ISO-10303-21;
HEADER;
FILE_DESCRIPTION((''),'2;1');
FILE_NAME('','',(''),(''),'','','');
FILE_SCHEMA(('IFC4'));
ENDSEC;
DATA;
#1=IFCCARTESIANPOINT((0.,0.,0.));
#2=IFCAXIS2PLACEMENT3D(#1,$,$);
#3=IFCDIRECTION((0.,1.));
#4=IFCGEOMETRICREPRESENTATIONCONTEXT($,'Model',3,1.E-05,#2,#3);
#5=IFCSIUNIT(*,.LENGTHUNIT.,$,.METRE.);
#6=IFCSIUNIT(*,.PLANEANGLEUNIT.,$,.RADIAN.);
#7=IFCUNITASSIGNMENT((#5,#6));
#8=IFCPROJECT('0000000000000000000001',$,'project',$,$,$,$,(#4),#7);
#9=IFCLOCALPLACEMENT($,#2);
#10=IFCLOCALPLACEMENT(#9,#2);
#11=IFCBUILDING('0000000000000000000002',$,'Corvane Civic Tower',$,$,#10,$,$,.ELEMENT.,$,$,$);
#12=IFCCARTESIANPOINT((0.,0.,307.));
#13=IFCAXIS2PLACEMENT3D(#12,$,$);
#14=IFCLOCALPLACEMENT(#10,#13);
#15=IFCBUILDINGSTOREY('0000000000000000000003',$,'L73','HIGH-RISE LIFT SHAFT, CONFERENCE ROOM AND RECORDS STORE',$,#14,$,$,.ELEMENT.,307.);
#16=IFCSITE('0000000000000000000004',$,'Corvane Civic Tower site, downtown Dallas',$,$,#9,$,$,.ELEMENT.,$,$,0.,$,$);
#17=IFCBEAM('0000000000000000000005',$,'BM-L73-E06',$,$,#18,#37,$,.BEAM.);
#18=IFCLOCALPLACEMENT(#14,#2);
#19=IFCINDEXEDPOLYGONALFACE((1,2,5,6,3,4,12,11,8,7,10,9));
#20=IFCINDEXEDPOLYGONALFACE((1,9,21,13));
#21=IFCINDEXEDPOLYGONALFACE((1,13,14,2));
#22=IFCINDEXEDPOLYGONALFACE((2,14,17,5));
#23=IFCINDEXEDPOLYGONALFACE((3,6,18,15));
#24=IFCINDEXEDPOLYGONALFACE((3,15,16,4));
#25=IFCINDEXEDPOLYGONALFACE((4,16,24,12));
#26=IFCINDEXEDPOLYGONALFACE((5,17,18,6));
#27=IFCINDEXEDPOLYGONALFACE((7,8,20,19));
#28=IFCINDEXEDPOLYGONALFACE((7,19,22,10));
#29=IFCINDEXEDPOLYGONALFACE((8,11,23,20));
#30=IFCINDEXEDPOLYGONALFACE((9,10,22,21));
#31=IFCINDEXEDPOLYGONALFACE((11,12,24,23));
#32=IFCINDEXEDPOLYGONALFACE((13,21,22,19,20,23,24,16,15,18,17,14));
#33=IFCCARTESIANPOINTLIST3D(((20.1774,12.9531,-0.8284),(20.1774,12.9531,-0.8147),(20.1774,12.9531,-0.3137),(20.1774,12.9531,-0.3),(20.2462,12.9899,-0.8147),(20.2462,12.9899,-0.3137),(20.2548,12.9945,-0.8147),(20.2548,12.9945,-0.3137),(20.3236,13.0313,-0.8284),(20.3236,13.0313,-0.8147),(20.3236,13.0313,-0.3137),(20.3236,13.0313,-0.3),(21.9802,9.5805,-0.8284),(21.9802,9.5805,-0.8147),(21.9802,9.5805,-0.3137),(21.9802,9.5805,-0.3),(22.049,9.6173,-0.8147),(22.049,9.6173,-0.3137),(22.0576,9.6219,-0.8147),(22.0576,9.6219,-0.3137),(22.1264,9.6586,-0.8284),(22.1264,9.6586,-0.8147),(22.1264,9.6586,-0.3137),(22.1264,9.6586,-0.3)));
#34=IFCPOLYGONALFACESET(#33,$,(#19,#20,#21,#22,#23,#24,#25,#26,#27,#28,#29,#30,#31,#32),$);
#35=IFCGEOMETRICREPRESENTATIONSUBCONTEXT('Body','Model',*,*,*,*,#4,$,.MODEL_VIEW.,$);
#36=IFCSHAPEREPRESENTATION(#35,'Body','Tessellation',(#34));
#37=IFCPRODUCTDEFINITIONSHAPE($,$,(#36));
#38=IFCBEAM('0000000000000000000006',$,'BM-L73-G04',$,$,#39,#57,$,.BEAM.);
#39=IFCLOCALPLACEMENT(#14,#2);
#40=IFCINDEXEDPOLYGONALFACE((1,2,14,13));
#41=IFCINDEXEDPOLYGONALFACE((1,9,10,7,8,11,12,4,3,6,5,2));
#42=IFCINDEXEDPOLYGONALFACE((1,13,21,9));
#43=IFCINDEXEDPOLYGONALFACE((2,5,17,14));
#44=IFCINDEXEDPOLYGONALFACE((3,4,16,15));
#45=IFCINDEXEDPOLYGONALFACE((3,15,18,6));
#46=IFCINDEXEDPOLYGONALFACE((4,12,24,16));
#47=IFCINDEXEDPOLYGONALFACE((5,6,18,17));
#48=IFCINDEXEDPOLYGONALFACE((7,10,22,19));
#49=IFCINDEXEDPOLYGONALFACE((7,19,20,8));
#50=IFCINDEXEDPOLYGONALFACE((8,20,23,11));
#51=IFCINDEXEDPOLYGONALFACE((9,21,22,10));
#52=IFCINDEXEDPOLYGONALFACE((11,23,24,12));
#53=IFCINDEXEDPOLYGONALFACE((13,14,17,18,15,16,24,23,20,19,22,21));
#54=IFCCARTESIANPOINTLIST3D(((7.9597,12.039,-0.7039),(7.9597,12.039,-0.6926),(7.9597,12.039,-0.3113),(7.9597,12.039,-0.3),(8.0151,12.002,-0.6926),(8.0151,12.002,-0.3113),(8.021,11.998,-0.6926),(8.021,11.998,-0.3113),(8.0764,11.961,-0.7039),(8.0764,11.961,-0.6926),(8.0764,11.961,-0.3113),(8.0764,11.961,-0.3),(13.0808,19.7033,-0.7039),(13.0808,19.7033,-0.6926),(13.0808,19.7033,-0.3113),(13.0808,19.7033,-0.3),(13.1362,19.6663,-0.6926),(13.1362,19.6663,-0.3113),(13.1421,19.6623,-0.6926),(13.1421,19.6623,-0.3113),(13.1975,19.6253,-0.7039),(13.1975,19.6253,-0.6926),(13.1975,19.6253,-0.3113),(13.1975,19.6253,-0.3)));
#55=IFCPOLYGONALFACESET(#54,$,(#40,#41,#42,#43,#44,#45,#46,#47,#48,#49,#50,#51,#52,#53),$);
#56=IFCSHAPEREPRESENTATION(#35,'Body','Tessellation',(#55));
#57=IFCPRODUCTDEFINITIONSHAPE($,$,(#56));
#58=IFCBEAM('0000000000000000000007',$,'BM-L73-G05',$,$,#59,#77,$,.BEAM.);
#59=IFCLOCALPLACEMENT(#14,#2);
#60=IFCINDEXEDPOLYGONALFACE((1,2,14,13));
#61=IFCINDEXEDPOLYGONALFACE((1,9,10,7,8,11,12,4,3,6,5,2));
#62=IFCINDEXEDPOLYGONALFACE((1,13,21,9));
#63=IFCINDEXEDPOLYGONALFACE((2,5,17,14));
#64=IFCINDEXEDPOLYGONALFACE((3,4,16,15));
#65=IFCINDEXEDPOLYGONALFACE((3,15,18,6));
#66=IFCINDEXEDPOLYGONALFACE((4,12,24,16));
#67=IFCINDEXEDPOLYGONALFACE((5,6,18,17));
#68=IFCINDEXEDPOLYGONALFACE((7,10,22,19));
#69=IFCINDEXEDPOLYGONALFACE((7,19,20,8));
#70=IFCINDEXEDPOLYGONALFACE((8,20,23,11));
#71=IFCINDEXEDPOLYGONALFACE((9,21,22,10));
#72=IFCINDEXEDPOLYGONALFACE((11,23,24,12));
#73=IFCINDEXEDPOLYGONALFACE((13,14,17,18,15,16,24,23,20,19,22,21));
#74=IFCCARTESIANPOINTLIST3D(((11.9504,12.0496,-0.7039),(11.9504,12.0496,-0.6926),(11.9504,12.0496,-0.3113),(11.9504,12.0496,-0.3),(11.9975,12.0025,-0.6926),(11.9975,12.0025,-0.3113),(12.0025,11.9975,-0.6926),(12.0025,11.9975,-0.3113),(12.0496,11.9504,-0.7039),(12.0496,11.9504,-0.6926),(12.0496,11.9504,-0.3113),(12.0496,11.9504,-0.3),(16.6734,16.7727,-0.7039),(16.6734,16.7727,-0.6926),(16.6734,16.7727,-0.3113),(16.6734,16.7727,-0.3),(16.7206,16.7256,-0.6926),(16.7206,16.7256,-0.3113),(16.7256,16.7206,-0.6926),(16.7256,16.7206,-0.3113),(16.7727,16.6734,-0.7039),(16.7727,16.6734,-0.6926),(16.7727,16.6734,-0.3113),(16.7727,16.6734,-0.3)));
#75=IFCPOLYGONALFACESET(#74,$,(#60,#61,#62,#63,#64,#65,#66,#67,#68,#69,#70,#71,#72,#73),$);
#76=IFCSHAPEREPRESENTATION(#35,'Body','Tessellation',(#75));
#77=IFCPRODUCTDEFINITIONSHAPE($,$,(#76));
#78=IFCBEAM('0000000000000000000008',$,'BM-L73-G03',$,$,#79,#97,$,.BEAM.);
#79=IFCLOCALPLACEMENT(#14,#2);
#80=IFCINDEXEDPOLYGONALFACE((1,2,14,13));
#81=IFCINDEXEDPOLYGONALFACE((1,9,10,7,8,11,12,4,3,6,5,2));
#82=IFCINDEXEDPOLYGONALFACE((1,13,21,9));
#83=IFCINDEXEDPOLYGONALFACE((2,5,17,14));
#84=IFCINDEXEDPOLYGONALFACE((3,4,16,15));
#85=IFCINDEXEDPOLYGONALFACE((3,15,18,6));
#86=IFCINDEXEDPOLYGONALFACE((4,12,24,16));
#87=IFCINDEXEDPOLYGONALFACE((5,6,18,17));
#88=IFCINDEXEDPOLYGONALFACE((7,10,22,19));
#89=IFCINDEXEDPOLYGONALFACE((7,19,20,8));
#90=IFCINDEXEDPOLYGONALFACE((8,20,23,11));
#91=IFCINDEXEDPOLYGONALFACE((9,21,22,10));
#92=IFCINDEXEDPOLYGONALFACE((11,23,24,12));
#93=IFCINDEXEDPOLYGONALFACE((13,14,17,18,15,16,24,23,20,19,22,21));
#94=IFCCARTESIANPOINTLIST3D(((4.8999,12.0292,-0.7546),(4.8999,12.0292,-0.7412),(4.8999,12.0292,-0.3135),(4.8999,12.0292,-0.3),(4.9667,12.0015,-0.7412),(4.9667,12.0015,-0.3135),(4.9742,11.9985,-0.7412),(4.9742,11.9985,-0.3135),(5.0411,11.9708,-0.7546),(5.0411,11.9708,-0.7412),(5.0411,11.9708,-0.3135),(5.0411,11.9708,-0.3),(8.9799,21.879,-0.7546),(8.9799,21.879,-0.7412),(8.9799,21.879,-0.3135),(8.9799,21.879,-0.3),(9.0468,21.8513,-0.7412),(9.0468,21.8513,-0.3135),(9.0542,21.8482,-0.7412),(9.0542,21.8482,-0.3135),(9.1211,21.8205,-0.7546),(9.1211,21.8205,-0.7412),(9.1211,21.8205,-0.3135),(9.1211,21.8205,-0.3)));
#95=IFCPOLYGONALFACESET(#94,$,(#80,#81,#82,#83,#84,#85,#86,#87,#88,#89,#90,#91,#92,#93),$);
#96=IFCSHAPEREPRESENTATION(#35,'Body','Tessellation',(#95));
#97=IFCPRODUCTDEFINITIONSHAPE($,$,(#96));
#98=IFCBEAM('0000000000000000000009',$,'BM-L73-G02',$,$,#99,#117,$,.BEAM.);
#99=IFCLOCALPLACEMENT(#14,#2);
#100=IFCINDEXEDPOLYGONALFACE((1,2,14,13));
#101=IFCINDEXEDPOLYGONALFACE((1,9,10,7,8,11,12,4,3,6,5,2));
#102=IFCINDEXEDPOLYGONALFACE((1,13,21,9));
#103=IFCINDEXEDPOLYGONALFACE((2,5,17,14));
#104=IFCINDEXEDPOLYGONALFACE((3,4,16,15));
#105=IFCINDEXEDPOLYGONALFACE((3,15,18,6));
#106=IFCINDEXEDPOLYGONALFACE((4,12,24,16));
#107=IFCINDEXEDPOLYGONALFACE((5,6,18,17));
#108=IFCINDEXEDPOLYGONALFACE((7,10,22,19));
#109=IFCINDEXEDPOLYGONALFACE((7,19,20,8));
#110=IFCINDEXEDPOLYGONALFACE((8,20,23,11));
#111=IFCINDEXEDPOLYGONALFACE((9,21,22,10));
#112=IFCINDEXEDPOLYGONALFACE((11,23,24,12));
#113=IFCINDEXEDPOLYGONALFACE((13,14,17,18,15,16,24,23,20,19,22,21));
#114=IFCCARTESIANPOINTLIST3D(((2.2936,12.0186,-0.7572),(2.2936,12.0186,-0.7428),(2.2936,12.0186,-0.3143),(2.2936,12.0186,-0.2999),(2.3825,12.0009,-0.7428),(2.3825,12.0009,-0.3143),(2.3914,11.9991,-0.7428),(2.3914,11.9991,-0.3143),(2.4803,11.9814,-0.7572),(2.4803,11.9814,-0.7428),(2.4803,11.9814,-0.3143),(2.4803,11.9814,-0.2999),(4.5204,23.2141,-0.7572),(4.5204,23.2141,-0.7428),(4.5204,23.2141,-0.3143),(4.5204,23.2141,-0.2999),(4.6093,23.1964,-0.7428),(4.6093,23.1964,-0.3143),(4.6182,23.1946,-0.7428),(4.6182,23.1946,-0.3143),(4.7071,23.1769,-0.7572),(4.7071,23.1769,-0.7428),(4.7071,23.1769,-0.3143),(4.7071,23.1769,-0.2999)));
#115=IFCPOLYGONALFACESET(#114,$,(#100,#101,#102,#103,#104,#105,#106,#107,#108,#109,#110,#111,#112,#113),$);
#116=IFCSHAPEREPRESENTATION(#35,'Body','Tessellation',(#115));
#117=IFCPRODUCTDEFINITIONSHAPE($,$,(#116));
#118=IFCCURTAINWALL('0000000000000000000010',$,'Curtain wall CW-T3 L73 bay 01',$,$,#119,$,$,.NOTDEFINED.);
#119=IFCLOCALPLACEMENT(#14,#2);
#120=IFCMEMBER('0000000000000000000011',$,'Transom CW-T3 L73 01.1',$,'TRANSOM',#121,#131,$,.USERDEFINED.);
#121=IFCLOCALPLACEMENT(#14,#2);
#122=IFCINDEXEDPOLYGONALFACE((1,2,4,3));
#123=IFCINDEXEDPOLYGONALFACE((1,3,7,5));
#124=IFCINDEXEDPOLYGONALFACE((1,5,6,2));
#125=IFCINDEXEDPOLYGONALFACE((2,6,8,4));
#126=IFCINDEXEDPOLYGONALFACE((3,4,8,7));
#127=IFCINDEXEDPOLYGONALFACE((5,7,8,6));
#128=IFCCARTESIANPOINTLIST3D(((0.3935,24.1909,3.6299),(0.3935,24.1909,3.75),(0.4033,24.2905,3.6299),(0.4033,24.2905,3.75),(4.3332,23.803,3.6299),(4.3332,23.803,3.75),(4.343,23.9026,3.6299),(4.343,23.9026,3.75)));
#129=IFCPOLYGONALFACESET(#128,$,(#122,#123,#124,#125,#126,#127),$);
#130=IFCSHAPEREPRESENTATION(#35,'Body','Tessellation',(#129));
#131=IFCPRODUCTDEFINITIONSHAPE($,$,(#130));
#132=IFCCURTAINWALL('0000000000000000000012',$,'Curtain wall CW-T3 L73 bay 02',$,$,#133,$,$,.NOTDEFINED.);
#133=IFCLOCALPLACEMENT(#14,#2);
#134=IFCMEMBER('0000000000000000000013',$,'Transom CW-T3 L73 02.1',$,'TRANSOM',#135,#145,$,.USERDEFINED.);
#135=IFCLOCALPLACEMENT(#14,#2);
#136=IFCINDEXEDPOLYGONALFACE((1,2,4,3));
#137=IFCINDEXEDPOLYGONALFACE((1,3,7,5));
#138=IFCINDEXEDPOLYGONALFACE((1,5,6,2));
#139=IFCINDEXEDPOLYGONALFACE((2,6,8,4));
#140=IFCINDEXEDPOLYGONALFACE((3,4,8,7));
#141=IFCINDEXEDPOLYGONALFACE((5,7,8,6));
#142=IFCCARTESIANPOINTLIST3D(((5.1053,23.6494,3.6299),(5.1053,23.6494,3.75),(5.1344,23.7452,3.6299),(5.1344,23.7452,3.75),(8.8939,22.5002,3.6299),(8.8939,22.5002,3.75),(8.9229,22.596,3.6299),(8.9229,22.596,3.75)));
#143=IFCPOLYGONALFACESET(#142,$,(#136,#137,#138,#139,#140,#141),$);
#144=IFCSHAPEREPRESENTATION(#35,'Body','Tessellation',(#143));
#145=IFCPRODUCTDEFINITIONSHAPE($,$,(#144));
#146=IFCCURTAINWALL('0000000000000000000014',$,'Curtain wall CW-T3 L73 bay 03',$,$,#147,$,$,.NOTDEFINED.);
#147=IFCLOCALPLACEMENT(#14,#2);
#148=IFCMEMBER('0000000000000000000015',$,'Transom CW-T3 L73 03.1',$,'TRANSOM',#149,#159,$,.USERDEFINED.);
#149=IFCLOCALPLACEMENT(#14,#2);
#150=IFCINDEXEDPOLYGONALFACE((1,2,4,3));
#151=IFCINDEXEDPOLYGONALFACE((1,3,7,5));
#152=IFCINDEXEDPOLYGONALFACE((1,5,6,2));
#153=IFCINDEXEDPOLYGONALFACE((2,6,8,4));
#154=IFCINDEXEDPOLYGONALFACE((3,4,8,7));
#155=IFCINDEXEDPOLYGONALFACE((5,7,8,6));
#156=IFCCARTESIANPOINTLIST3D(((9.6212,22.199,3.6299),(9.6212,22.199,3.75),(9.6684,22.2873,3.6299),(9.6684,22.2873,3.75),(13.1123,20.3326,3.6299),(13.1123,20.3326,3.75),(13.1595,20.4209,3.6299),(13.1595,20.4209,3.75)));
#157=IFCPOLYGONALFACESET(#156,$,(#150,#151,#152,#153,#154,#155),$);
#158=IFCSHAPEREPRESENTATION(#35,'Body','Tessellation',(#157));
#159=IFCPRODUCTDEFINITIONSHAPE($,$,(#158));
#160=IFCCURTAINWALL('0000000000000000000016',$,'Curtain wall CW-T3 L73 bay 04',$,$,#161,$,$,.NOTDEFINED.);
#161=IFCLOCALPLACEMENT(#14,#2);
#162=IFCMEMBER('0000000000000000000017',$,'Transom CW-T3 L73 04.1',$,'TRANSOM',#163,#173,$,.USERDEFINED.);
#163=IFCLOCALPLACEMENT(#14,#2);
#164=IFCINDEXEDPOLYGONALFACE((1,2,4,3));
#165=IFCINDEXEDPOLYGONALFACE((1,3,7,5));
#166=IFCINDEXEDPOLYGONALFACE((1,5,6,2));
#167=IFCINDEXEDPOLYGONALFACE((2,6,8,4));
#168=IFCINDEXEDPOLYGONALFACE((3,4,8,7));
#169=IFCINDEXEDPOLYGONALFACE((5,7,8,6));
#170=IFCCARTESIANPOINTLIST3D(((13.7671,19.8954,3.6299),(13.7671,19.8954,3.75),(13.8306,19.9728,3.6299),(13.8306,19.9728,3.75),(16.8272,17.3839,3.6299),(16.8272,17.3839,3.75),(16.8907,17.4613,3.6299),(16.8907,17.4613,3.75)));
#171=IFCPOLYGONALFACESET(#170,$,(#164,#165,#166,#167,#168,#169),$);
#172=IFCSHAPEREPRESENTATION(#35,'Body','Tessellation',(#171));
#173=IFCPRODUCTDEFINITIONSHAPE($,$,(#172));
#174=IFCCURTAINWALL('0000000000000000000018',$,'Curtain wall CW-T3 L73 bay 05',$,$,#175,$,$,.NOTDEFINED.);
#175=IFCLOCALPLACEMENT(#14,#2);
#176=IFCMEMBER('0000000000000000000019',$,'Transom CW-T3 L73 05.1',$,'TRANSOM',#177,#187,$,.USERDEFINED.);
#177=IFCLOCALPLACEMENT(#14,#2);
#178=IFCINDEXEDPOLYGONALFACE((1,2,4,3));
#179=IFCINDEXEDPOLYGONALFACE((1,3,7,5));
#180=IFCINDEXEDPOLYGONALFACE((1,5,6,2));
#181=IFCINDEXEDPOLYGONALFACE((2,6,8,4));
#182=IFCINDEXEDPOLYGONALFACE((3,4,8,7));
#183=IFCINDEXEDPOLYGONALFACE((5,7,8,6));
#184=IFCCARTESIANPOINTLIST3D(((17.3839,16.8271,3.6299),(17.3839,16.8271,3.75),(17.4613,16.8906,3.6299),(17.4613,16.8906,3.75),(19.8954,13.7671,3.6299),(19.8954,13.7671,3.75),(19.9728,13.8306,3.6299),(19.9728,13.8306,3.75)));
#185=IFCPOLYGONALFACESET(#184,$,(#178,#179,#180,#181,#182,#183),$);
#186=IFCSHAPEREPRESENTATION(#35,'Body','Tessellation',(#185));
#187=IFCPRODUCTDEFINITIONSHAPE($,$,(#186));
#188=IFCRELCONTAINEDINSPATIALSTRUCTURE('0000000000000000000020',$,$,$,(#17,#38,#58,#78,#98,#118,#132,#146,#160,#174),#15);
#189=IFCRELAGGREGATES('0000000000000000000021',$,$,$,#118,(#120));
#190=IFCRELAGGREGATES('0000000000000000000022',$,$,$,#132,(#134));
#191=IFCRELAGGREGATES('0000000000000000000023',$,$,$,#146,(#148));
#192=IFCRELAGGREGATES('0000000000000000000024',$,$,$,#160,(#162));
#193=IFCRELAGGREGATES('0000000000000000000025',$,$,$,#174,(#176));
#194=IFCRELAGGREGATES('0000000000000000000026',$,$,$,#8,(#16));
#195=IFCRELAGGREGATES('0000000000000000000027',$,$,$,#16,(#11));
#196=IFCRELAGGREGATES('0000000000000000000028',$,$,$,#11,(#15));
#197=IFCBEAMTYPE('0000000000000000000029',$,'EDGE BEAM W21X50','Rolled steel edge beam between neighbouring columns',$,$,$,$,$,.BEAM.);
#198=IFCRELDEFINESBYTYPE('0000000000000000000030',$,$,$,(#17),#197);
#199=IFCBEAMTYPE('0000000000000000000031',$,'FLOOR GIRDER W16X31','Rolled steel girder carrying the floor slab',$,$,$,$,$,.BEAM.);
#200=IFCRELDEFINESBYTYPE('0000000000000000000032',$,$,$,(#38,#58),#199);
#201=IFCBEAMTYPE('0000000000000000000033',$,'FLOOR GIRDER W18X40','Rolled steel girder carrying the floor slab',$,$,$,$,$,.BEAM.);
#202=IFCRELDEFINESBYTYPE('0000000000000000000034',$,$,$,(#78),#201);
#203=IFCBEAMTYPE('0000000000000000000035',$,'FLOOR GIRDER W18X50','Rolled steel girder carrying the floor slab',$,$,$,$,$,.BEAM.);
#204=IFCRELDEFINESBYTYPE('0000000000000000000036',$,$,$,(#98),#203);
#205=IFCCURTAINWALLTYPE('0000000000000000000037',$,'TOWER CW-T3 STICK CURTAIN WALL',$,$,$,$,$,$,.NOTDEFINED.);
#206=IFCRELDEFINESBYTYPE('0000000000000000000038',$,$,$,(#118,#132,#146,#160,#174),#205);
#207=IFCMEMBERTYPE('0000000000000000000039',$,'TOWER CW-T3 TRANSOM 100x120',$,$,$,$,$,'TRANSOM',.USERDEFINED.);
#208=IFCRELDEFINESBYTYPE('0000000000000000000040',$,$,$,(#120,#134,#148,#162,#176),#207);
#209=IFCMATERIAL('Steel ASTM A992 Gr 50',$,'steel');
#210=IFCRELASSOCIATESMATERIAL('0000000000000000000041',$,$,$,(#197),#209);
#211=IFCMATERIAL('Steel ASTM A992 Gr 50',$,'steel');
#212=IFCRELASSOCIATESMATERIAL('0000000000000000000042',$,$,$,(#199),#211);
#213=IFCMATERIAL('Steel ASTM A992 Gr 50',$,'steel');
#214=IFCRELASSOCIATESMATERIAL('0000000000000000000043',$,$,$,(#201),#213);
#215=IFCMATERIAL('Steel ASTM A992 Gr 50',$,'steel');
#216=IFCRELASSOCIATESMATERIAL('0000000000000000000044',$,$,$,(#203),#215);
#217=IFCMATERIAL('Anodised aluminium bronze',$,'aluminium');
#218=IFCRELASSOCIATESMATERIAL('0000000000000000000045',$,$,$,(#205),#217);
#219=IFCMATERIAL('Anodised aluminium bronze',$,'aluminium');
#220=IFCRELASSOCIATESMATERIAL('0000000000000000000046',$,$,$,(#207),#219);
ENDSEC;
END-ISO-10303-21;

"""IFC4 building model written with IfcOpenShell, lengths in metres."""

from ifc_helpers import new_model, si_unit, direction, frame, origin, origin_2d, place, context, subcontext, project, spatial, rectangle, i_section, extrude, material, material_profile, profile_set, type_object, element, aggregate, save


model = new_model("IFC4")

# Units and contexts
model_context = context("Model", 3, precision=1e-05, world=origin(), true_north=direction((0.0, 1.0)))
body_context = subcontext(model_context, "Body", "Model", "MODEL_VIEW")
ifc_project = project(units=[si_unit("LENGTHUNIT", "METRE"), si_unit("PLANEANGLEUNIT", "RADIAN")], contexts=[model_context])

# Site, building, storey
site_placement = place(None, origin())
site = spatial("IfcSite", under=ifc_project, at=site_placement, Name="Corvane Civic Tower site, downtown Dallas", CompositionType="ELEMENT", RefElevation=0.0)
building_placement = place(site_placement, origin())
building = spatial("IfcBuilding", under=site, at=building_placement, Name="Corvane Civic Tower", CompositionType="ELEMENT")
storey_placement = place(building_placement, frame((0.0, 0.0, 307.0)))
storey = spatial("IfcBuildingStorey", under=building, at=storey_placement, Name="L73", Description="HIGH-RISE LIFT SHAFT, CONFERENCE ROOM AND RECORDS STORE", CompositionType="ELEMENT", Elevation=307.0)

# Beams
ifc_material_1 = material(Name="Steel ASTM A992 Gr 50", Category="steel")
ifc_material_profile_1 = material_profile(ifc_material_1, i_section(OverallWidth=0.1658, OverallDepth=0.5283, WebThickness=0.0098, FlangeThickness=0.0137, at=origin_2d()), Name="W21X50")
ifc_profile_set_1 = profile_set([ifc_material_profile_1], Name="Steel ASTM A992 Gr 50")
beam_type_1 = type_object("IfcBeamType", Name="EDGE BEAM W21X50", Description="Rolled steel edge beam between neighbouring columns", PredefinedType="BEAM", material=ifc_profile_set_1)
beam_1_placement = place(storey_placement, frame((20.2505, 12.9922, -0.5642), z_axis=(0.47141, -0.881914, 0.0), x_axis=(0.881914, 0.47141, 0.0)))
element("IfcBeam", 1, at=beam_1_placement, inside=storey, type_object=beam_type_1, Name="BM-L73-E06", PredefinedType="BEAM", context=body_context, shape_type="SweptSolid", body=[
    extrude(i_section(OverallWidth=0.1658, OverallDepth=0.5283, WebThickness=0.0098, FlangeThickness=0.0137, at=origin_2d()), origin(), (0.0, 0.0, 1.0), 3.8242),
])
ifc_material_2 = material(Name="Steel ASTM A992 Gr 50", Category="steel")
ifc_material_profile_2 = material_profile(ifc_material_2, i_section(OverallWidth=0.1404, OverallDepth=0.4038, WebThickness=0.0071, FlangeThickness=0.0112, at=origin_2d()), Name="W16X31")
ifc_profile_set_2 = profile_set([ifc_material_profile_2], Name="Steel ASTM A992 Gr 50")
beam_type_2 = type_object("IfcBeamType", Name="FLOOR GIRDER W16X31", Description="Rolled steel girder carrying the floor slab", PredefinedType="BEAM", material=ifc_profile_set_2)
beam_2_placement = place(storey_placement, frame((8.0181, 12.0, -0.502), z_axis=(0.555568, 0.831471, 0.0), x_axis=(-0.831471, 0.555568, 0.0)))
element("IfcBeam", 2, at=beam_2_placement, inside=storey, type_object=beam_type_2, Name="BM-L73-G04", PredefinedType="BEAM", context=body_context, shape_type="SweptSolid", body=[
    extrude(i_section(OverallWidth=0.1404, OverallDepth=0.4038, WebThickness=0.0071, FlangeThickness=0.0112, at=origin_2d()), origin(), (0.0, 0.0, 1.0), 9.2178),
])
beam_3_placement = place(storey_placement, frame((12.0, 12.0, -0.502), z_axis=(0.707107, 0.707107, 0.0), x_axis=(-0.707107, 0.707107, 0.0)))
element("IfcBeam", 3, at=beam_3_placement, inside=storey, type_object=beam_type_2, Name="BM-L73-G05", PredefinedType="BEAM", context=body_context, shape_type="SweptSolid", body=[
    extrude(i_section(OverallWidth=0.1404, OverallDepth=0.4038, WebThickness=0.0071, FlangeThickness=0.0112, at=origin_2d()), origin(), (0.0, 0.0, 1.0), 6.6794),
])
ifc_material_3 = material(Name="Steel ASTM A992 Gr 50", Category="steel")
ifc_material_profile_3 = material_profile(ifc_material_3, i_section(OverallWidth=0.1528, OverallDepth=0.4546, WebThickness=0.0081, FlangeThickness=0.0134, at=origin_2d()), Name="W18X40")
ifc_profile_set_3 = profile_set([ifc_material_profile_3], Name="Steel ASTM A992 Gr 50")
beam_type_3 = type_object("IfcBeamType", Name="FLOOR GIRDER W18X40", Description="Rolled steel girder carrying the floor slab", PredefinedType="BEAM", material=ifc_profile_set_3)
beam_4_placement = place(storey_placement, frame((4.9705, 12.0, -0.5273), z_axis=(0.382694, 0.923875, 0.0), x_axis=(-0.923875, 0.382694, 0.0)))
element("IfcBeam", 4, at=beam_4_placement, inside=storey, type_object=beam_type_3, Name="BM-L73-G03", PredefinedType="BEAM", context=body_context, shape_type="SweptSolid", body=[
    extrude(i_section(OverallWidth=0.1528, OverallDepth=0.4546, WebThickness=0.0081, FlangeThickness=0.0134, at=origin_2d()), origin(), (0.0, 0.0, 1.0), 10.6614),
])
ifc_material_4 = material(Name="Steel ASTM A992 Gr 50", Category="steel")
ifc_material_profile_4 = material_profile(ifc_material_4, i_section(OverallWidth=0.1904, OverallDepth=0.4573, WebThickness=0.009, FlangeThickness=0.0144, at=origin_2d()), Name="W18X50")
ifc_profile_set_4 = profile_set([ifc_material_profile_4], Name="Steel ASTM A992 Gr 50")
beam_type_4 = type_object("IfcBeamType", Name="FLOOR GIRDER W18X50", Description="Rolled steel girder carrying the floor slab", PredefinedType="BEAM", material=ifc_profile_set_4)
beam_5_placement = place(storey_placement, frame((2.387, 12.0, -0.5286), z_axis=(0.19508, 0.980787, 0.0), x_axis=(-0.980787, 0.19508, 0.0)))
element("IfcBeam", 5, at=beam_5_placement, inside=storey, type_object=beam_type_4, Name="BM-L73-G02", PredefinedType="BEAM", context=body_context, shape_type="SweptSolid", body=[
    extrude(i_section(OverallWidth=0.1904, OverallDepth=0.4573, WebThickness=0.009, FlangeThickness=0.0144, at=origin_2d()), origin(), (0.0, 0.0, 1.0), 11.4148),
])

# Curtain walls, members
ifc_material_5 = material(Name="Anodised aluminium bronze", Category="aluminium")
curtain_wall_type = type_object("IfcCurtainWallType", Name="TOWER CW-T3 STICK CURTAIN WALL", PredefinedType="NOTDEFINED", material=ifc_material_5)
curtain_wall_1_placement = place(storey_placement, origin())
curtain_wall_1 = element("IfcCurtainWall", 6, at=curtain_wall_1_placement, inside=storey, type_object=curtain_wall_type, Name="Curtain wall CW-T3 L73 bay 01", PredefinedType="NOTDEFINED")
ifc_material_6 = material(Name="Anodised aluminium bronze", Category="aluminium")
ifc_material_profile_5 = material_profile(ifc_material_6, rectangle(XDim=0.1001, YDim=0.1201, at=origin_2d()), Name="TOWER CW-T3 TRANSOM 100x120")
ifc_profile_set_5 = profile_set([ifc_material_profile_5], Name="Anodised aluminium bronze")
member_type = type_object("IfcMemberType", Name="TOWER CW-T3 TRANSOM 100x120", ElementType="TRANSOM", PredefinedType="USERDEFINED", material=ifc_profile_set_5)
member_1_placement = place(storey_placement, frame((0.3984, 24.2407, 3.6899), z_axis=(0.995187, -0.097995, 0.0), x_axis=(0.097995, 0.995187, 0.0)))
member_1 = element("IfcMember", 7, at=member_1_placement, type_object=member_type, Name="Transom CW-T3 L73 01.1", ObjectType="TRANSOM", PredefinedType="USERDEFINED", context=body_context, shape_type="SweptSolid", body=[
    extrude(rectangle(XDim=0.1001, YDim=0.1201, at=origin_2d()), origin(), (0.0, 0.0, 1.0), 3.9587),
])
curtain_wall_2_placement = place(storey_placement, origin())
curtain_wall_2 = element("IfcCurtainWall", 8, at=curtain_wall_2_placement, inside=storey, type_object=curtain_wall_type, Name="Curtain wall CW-T3 L73 bay 02", PredefinedType="NOTDEFINED")
member_2_placement = place(storey_placement, frame((5.1199, 23.6973, 3.6899), z_axis=(0.956946, -0.290266, 0.0), x_axis=(0.290266, 0.956946, 0.0)))
member_2 = element("IfcMember", 9, at=member_2_placement, type_object=member_type, Name="Transom CW-T3 L73 02.1", ObjectType="TRANSOM", PredefinedType="USERDEFINED", context=body_context, shape_type="SweptSolid", body=[
    extrude(rectangle(XDim=0.1001, YDim=0.1201, at=origin_2d()), origin(), (0.0, 0.0, 1.0), 3.959),
])
curtain_wall_3_placement = place(storey_placement, origin())
curtain_wall_3 = element("IfcCurtainWall", 10, at=curtain_wall_3_placement, inside=storey, type_object=curtain_wall_type, Name="Curtain wall CW-T3 L73 bay 03", PredefinedType="NOTDEFINED")
member_3_placement = place(storey_placement, frame((9.6448, 22.2432, 3.6899), z_axis=(0.881883, -0.471468, 0.0), x_axis=(0.471468, 0.881883, 0.0)))
member_3 = element("IfcMember", 11, at=member_3_placement, type_object=member_type, Name="Transom CW-T3 L73 03.1", ObjectType="TRANSOM", PredefinedType="USERDEFINED", context=body_context, shape_type="SweptSolid", body=[
    extrude(rectangle(XDim=0.1001, YDim=0.1201, at=origin_2d()), origin(), (0.0, 0.0, 1.0), 3.9587),
])
curtain_wall_4_placement = place(storey_placement, origin())
curtain_wall_4 = element("IfcCurtainWall", 12, at=curtain_wall_4_placement, inside=storey, type_object=curtain_wall_type, Name="Curtain wall CW-T3 L73 bay 04", PredefinedType="NOTDEFINED")
member_4_placement = place(storey_placement, frame((13.7988, 19.9341, 3.6899), z_axis=(0.772992, -0.634416, 0.0), x_axis=(0.634416, 0.772992, 0.0)))
member_4 = element("IfcMember", 13, at=member_4_placement, type_object=member_type, Name="Transom CW-T3 L73 04.1", ObjectType="TRANSOM", PredefinedType="USERDEFINED", context=body_context, shape_type="SweptSolid", body=[
    extrude(rectangle(XDim=0.1001, YDim=0.1201, at=origin_2d()), origin(), (0.0, 0.0, 1.0), 3.9587),
])
curtain_wall_5_placement = place(storey_placement, origin())
curtain_wall_5 = element("IfcCurtainWall", 14, at=curtain_wall_5_placement, inside=storey, type_object=curtain_wall_type, Name="Curtain wall CW-T3 L73 bay 05", PredefinedType="NOTDEFINED")
member_5_placement = place(storey_placement, frame((17.4226, 16.8589, 3.6899), z_axis=(0.634416, -0.772992, 0.0), x_axis=(0.772992, 0.634416, 0.0)))
member_5 = element("IfcMember", 15, at=member_5_placement, type_object=member_type, Name="Transom CW-T3 L73 05.1", ObjectType="TRANSOM", PredefinedType="USERDEFINED", context=body_context, shape_type="SweptSolid", body=[
    extrude(rectangle(XDim=0.1001, YDim=0.1201, at=origin_2d()), origin(), (0.0, 0.0, 1.0), 3.9587),
])

aggregate(curtain_wall_1, [member_1])
aggregate(curtain_wall_2, [member_2])
aggregate(curtain_wall_3, [member_3])
aggregate(curtain_wall_4, [member_4])
aggregate(curtain_wall_5, [member_5])

save(model, "model.ifc")
